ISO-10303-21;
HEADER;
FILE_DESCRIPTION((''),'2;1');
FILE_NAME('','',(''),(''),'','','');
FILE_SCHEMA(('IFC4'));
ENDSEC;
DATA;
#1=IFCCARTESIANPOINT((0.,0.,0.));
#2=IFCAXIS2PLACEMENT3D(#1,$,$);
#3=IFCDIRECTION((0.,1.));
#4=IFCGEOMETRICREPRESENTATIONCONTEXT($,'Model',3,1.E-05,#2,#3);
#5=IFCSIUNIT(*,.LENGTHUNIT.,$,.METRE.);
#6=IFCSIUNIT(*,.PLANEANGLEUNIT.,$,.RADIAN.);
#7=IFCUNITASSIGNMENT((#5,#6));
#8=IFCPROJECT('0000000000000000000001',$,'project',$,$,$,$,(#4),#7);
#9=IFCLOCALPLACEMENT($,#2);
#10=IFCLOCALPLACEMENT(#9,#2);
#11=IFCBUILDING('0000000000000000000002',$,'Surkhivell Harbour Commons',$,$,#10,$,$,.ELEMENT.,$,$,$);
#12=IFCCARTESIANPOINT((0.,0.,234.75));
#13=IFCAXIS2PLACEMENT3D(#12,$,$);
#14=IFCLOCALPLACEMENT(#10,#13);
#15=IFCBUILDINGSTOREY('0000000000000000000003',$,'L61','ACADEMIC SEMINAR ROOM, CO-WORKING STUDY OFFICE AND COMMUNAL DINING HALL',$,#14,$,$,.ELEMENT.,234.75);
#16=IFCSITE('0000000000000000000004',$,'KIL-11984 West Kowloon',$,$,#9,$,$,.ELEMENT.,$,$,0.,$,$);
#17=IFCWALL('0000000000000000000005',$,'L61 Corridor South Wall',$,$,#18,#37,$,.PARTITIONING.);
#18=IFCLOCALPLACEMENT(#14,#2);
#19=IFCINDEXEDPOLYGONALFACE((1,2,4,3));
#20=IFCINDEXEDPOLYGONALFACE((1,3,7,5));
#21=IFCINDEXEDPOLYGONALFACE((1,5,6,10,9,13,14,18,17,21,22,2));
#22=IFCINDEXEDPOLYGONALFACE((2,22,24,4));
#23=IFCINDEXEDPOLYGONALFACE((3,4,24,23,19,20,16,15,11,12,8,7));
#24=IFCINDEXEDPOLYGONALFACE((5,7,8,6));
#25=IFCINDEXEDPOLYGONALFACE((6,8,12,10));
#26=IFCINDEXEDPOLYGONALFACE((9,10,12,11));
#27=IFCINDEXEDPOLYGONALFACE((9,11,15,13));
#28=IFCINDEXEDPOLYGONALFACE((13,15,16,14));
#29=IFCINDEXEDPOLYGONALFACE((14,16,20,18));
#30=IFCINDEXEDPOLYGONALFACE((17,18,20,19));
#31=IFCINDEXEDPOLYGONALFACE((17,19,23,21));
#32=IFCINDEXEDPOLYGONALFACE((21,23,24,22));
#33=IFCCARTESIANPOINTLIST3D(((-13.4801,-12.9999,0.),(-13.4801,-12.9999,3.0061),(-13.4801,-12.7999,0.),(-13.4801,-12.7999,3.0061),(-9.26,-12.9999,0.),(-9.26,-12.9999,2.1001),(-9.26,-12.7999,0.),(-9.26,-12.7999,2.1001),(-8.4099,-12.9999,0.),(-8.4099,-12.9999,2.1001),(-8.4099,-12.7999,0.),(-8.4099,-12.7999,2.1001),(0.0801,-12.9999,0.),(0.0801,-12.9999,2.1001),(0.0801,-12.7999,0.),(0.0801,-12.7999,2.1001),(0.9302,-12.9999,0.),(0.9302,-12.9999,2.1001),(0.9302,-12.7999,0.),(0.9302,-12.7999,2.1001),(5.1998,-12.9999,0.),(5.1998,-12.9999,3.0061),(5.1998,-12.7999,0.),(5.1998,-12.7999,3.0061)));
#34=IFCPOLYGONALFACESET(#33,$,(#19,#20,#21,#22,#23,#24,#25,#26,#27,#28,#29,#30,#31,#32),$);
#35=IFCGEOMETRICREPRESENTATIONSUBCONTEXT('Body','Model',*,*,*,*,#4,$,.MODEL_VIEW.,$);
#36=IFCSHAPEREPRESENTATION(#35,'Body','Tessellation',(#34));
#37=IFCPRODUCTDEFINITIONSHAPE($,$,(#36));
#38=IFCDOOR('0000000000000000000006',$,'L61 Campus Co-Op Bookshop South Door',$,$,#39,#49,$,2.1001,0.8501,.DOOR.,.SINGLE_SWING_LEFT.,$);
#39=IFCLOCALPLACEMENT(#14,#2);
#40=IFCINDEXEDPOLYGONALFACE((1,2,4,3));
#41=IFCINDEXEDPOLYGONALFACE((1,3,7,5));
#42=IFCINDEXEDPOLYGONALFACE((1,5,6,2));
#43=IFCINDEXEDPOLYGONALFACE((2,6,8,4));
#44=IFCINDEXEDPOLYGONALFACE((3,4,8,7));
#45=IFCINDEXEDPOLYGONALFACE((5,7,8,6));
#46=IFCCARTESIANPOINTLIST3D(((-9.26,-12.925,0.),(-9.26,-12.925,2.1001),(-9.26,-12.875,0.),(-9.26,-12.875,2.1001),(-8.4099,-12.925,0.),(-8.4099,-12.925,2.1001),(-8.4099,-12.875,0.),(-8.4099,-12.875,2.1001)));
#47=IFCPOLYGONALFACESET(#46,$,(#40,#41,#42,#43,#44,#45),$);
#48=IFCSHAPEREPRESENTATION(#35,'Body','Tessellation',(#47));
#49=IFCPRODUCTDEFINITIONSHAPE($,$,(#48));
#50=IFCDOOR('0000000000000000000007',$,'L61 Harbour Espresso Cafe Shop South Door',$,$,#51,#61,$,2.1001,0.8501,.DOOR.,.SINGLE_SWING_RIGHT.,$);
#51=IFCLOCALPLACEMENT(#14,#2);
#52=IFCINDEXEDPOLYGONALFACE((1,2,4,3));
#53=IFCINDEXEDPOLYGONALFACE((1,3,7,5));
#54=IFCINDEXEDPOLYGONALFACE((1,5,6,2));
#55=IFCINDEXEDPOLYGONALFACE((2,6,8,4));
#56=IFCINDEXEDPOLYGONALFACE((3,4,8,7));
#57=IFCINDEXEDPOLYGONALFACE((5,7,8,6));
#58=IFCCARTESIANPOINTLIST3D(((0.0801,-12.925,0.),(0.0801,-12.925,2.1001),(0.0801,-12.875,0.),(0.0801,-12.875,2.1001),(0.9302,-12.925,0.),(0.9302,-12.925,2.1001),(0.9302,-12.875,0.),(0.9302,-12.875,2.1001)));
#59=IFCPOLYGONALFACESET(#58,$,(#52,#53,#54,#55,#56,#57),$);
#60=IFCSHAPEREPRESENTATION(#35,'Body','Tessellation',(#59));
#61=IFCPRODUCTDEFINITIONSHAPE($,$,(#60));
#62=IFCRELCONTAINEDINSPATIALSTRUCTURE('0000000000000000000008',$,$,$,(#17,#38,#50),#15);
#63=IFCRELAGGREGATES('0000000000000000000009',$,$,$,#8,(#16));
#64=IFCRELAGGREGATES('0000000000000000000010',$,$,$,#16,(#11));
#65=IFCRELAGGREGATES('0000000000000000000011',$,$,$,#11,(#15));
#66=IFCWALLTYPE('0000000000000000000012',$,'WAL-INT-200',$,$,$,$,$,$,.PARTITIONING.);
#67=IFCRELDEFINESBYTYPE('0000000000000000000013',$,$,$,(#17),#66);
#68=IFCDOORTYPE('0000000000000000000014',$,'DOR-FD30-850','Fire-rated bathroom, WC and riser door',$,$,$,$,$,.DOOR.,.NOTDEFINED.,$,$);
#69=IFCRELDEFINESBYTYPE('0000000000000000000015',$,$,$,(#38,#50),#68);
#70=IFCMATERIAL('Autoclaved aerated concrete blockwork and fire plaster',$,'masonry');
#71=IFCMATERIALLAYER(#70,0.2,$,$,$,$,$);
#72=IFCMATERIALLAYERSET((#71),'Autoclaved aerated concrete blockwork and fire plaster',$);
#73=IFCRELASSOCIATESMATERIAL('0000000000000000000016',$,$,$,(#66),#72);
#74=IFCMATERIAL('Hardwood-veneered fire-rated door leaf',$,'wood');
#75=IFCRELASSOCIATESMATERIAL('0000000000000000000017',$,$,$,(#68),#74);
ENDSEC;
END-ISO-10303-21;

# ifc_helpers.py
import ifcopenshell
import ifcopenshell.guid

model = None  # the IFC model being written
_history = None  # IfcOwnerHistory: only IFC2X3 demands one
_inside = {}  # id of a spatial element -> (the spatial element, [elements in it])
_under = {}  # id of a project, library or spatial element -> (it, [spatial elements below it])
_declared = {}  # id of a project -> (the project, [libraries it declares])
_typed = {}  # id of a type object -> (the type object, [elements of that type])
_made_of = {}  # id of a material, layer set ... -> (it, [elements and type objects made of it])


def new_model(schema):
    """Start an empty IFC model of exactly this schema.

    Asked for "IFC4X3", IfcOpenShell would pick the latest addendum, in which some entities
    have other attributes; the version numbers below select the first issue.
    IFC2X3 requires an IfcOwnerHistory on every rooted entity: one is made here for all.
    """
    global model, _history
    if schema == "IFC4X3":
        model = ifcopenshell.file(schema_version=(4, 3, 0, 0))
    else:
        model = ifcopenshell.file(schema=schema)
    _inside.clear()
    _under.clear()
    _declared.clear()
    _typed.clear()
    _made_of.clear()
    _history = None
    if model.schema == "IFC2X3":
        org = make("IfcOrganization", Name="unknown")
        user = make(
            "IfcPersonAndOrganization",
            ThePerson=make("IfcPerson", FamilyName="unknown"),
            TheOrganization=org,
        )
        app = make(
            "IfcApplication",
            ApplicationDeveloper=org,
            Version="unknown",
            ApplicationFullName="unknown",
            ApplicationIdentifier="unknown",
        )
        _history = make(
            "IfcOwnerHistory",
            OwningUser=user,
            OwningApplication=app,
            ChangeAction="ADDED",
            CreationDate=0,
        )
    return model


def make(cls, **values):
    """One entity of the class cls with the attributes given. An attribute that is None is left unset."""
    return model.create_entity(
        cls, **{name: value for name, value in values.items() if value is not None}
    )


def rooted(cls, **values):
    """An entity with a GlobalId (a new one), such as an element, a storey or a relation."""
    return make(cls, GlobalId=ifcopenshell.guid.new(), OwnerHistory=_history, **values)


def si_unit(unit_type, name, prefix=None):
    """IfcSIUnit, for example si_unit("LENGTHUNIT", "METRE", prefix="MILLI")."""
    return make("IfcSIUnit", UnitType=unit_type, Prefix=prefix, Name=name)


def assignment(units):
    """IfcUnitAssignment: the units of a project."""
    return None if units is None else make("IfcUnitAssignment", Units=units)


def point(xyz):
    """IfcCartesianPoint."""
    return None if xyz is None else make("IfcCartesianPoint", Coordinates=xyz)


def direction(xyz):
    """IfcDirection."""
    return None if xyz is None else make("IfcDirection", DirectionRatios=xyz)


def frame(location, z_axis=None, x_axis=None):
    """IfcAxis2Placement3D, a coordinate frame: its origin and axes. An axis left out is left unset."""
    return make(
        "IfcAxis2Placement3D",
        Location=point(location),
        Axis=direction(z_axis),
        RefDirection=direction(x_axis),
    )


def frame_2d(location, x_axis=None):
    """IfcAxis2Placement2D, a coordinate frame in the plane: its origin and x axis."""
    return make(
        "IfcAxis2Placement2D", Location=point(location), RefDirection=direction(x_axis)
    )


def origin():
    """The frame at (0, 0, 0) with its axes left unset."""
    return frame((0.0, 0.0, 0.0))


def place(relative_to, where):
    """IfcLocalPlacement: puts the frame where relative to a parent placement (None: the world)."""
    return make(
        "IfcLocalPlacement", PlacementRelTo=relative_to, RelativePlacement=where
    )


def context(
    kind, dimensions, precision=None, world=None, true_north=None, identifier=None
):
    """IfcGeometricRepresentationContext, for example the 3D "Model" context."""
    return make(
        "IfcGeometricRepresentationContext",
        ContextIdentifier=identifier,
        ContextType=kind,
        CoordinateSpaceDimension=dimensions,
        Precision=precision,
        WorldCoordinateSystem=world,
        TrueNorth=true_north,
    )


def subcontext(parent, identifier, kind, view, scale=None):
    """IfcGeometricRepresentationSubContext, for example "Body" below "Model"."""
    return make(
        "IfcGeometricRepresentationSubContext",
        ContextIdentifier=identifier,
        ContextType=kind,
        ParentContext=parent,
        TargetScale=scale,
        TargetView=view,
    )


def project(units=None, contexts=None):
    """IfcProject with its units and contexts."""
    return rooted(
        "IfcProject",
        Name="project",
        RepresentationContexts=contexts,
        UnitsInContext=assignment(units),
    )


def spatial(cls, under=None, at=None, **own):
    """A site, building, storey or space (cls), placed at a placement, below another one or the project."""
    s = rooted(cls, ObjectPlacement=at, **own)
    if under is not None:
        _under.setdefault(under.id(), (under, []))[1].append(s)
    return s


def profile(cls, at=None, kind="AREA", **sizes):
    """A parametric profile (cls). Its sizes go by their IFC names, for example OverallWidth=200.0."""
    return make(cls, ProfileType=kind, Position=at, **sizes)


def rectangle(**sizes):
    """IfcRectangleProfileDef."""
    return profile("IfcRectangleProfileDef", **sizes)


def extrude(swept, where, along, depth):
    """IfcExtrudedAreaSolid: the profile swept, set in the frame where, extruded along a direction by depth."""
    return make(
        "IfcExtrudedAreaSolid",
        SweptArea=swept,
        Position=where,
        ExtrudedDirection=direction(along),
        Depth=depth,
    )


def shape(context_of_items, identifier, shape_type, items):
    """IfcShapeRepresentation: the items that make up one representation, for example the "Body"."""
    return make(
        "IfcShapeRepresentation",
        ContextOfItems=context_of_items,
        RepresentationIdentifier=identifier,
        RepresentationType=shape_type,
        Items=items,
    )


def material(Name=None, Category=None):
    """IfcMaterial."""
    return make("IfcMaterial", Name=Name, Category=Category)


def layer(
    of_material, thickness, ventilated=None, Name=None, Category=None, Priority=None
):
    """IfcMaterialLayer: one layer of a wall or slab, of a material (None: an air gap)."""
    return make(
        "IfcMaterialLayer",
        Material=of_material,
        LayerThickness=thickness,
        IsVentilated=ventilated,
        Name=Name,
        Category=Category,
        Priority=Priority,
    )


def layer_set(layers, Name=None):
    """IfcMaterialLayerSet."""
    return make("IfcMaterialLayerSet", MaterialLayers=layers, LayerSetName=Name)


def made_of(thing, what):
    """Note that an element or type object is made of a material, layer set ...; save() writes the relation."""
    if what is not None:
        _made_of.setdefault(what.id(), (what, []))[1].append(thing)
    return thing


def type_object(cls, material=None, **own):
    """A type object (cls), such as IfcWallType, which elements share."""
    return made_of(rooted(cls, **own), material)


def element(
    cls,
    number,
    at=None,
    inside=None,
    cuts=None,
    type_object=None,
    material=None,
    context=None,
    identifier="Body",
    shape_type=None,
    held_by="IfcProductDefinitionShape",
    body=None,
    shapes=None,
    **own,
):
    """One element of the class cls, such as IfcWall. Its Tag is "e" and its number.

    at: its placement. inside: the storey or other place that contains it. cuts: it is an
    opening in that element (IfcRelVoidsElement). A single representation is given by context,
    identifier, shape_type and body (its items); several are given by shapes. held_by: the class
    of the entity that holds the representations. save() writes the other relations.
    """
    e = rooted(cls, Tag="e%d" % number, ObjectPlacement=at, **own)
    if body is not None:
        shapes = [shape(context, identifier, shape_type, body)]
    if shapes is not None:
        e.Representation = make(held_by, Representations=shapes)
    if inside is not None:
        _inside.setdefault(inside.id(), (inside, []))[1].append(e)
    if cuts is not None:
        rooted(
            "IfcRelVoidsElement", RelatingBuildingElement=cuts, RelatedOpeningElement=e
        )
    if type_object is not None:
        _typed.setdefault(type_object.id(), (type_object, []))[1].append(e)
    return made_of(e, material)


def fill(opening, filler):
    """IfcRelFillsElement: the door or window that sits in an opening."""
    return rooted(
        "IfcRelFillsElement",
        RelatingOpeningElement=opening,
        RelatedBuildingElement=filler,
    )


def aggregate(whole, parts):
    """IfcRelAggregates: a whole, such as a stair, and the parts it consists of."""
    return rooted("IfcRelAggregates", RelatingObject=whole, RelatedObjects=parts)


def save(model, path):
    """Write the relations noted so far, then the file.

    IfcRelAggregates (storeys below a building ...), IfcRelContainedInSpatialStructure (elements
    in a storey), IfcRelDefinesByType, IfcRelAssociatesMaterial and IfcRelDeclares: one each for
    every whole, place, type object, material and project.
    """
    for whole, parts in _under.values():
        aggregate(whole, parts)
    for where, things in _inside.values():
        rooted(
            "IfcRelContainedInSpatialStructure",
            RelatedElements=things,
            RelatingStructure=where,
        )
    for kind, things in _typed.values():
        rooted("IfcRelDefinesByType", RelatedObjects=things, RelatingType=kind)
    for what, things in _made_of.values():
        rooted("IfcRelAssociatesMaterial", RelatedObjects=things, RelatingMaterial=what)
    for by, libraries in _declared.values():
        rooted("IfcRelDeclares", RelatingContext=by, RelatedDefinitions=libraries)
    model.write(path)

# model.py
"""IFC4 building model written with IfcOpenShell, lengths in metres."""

from ifc_helpers import new_model, si_unit, direction, frame, frame_2d, origin, place, context, subcontext, project, spatial, rectangle, extrude, material, layer, layer_set, type_object, element, fill, save


model = new_model("IFC4")

# Units and contexts
model_context = context("Model", 3, precision=1e-05, world=origin(), true_north=direction((0.0, 1.0)))
body_context = subcontext(model_context, "Body", "Model", "MODEL_VIEW")
ifc_project = project(units=[si_unit("LENGTHUNIT", "METRE"), si_unit("PLANEANGLEUNIT", "RADIAN")], contexts=[model_context])

# Site, building, storey
site_placement = place(None, origin())
site = spatial("IfcSite", under=ifc_project, at=site_placement, Name="KIL-11984 West Kowloon", CompositionType="ELEMENT", RefElevation=0.0)
building_placement = place(site_placement, origin())
building = spatial("IfcBuilding", under=site, at=building_placement, Name="Surkhivell Harbour Commons", CompositionType="ELEMENT")
storey_placement = place(building_placement, frame((0.0, 0.0, 234.75)))
storey = spatial("IfcBuildingStorey", under=building, at=storey_placement, Name="L61", Description="ACADEMIC SEMINAR ROOM, CO-WORKING STUDY OFFICE AND COMMUNAL DINING HALL", CompositionType="ELEMENT", Elevation=234.75)

# Shared definitions
ifc_material_1 = material(Name="Autoclaved aerated concrete blockwork and fire plaster", Category="masonry")
ifc_layer_1 = layer(ifc_material_1, 0.2)
ifc_layer_set_1 = layer_set([ifc_layer_1], Name="Autoclaved aerated concrete blockwork and fire plaster")
wall_type_1 = type_object("IfcWallType", Name="WAL-INT-200", PredefinedType="PARTITIONING", material=ifc_layer_set_1)

# Wall, openings, doors
wall_1_placement = place(storey_placement, frame((-13.48, -12.8999, 0.0), z_axis=(0.0, 0.0, 1.0), x_axis=(1.0, 0.0, 0.0)))
wall_1 = element("IfcWall", 1, at=wall_1_placement, inside=storey, type_object=wall_type_1, Name="L61 Corridor South Wall", PredefinedType="PARTITIONING", context=body_context, shape_type="SweptSolid", body=[
    extrude(rectangle(XDim=18.6799, YDim=0.2, at=frame_2d((9.3398, 0.0))), origin(), (0.0, 0.0, 1.0), 3.0061),
])
opening_1_placement = place(wall_1_placement, frame((4.22, 0.0, 0.0)))
opening_1 = element("IfcOpeningElement", 2, at=opening_1_placement, cuts=wall_1, PredefinedType="OPENING", context=body_context, shape_type="SweptSolid", body=[
    extrude(rectangle(XDim=0.8501, YDim=2.1001, at=frame_2d((0.425, 1.05))), frame((0.0, 0.1099, 0.0), z_axis=(0.0, -1.0, 0.0), x_axis=(1.0, 0.0, 0.0)), (0.0, 0.0, 1.0), 0.22),
])
opening_2_placement = place(wall_1_placement, frame((13.5601, 0.0, 0.0)))
opening_2 = element("IfcOpeningElement", 3, at=opening_2_placement, cuts=wall_1, PredefinedType="OPENING", context=body_context, shape_type="SweptSolid", body=[
    extrude(rectangle(XDim=0.8501, YDim=2.1001, at=frame_2d((0.425, 1.05))), frame((0.0, 0.1099, 0.0), z_axis=(0.0, -1.0, 0.0), x_axis=(1.0, 0.0, 0.0)), (0.0, 0.0, 1.0), 0.22),
])
ifc_material_2 = material(Name="Hardwood-veneered fire-rated door leaf", Category="wood")
door_type = type_object("IfcDoorType", Name="DOR-FD30-850", Description="Fire-rated bathroom, WC and riser door", OperationType="NOTDEFINED", PredefinedType="DOOR", material=ifc_material_2)
door_1_placement = place(opening_1_placement, origin())
door_1 = element("IfcDoor", 4, at=door_1_placement, inside=storey, type_object=door_type, Name="L61 Campus Co-Op Bookshop South Door", OperationType="SINGLE_SWING_LEFT", OverallHeight=2.1001, OverallWidth=0.8501, PredefinedType="DOOR", context=body_context, shape_type="SweptSolid", body=[
    extrude(rectangle(XDim=0.8501, YDim=2.1001, at=frame_2d((0.425, 1.05))), frame((0.0, 0.0249, 0.0), z_axis=(0.0, -1.0, 0.0), x_axis=(1.0, 0.0, 0.0)), (0.0, 0.0, 1.0), 0.05),
])
fill(opening_1, door_1)
door_2_placement = place(opening_2_placement, origin())
door_2 = element("IfcDoor", 5, at=door_2_placement, inside=storey, type_object=door_type, Name="L61 Harbour Espresso Cafe Shop South Door", OperationType="SINGLE_SWING_RIGHT", OverallHeight=2.1001, OverallWidth=0.8501, PredefinedType="DOOR", context=body_context, shape_type="SweptSolid", body=[
    extrude(rectangle(XDim=0.8501, YDim=2.1001, at=frame_2d((0.425, 1.05))), frame((0.0, 0.0249, 0.0), z_axis=(0.0, -1.0, 0.0), x_axis=(1.0, 0.0, 0.0)), (0.0, 0.0, 1.0), 0.05),
])
fill(opening_2, door_2)

save(model, "model.ifc")
